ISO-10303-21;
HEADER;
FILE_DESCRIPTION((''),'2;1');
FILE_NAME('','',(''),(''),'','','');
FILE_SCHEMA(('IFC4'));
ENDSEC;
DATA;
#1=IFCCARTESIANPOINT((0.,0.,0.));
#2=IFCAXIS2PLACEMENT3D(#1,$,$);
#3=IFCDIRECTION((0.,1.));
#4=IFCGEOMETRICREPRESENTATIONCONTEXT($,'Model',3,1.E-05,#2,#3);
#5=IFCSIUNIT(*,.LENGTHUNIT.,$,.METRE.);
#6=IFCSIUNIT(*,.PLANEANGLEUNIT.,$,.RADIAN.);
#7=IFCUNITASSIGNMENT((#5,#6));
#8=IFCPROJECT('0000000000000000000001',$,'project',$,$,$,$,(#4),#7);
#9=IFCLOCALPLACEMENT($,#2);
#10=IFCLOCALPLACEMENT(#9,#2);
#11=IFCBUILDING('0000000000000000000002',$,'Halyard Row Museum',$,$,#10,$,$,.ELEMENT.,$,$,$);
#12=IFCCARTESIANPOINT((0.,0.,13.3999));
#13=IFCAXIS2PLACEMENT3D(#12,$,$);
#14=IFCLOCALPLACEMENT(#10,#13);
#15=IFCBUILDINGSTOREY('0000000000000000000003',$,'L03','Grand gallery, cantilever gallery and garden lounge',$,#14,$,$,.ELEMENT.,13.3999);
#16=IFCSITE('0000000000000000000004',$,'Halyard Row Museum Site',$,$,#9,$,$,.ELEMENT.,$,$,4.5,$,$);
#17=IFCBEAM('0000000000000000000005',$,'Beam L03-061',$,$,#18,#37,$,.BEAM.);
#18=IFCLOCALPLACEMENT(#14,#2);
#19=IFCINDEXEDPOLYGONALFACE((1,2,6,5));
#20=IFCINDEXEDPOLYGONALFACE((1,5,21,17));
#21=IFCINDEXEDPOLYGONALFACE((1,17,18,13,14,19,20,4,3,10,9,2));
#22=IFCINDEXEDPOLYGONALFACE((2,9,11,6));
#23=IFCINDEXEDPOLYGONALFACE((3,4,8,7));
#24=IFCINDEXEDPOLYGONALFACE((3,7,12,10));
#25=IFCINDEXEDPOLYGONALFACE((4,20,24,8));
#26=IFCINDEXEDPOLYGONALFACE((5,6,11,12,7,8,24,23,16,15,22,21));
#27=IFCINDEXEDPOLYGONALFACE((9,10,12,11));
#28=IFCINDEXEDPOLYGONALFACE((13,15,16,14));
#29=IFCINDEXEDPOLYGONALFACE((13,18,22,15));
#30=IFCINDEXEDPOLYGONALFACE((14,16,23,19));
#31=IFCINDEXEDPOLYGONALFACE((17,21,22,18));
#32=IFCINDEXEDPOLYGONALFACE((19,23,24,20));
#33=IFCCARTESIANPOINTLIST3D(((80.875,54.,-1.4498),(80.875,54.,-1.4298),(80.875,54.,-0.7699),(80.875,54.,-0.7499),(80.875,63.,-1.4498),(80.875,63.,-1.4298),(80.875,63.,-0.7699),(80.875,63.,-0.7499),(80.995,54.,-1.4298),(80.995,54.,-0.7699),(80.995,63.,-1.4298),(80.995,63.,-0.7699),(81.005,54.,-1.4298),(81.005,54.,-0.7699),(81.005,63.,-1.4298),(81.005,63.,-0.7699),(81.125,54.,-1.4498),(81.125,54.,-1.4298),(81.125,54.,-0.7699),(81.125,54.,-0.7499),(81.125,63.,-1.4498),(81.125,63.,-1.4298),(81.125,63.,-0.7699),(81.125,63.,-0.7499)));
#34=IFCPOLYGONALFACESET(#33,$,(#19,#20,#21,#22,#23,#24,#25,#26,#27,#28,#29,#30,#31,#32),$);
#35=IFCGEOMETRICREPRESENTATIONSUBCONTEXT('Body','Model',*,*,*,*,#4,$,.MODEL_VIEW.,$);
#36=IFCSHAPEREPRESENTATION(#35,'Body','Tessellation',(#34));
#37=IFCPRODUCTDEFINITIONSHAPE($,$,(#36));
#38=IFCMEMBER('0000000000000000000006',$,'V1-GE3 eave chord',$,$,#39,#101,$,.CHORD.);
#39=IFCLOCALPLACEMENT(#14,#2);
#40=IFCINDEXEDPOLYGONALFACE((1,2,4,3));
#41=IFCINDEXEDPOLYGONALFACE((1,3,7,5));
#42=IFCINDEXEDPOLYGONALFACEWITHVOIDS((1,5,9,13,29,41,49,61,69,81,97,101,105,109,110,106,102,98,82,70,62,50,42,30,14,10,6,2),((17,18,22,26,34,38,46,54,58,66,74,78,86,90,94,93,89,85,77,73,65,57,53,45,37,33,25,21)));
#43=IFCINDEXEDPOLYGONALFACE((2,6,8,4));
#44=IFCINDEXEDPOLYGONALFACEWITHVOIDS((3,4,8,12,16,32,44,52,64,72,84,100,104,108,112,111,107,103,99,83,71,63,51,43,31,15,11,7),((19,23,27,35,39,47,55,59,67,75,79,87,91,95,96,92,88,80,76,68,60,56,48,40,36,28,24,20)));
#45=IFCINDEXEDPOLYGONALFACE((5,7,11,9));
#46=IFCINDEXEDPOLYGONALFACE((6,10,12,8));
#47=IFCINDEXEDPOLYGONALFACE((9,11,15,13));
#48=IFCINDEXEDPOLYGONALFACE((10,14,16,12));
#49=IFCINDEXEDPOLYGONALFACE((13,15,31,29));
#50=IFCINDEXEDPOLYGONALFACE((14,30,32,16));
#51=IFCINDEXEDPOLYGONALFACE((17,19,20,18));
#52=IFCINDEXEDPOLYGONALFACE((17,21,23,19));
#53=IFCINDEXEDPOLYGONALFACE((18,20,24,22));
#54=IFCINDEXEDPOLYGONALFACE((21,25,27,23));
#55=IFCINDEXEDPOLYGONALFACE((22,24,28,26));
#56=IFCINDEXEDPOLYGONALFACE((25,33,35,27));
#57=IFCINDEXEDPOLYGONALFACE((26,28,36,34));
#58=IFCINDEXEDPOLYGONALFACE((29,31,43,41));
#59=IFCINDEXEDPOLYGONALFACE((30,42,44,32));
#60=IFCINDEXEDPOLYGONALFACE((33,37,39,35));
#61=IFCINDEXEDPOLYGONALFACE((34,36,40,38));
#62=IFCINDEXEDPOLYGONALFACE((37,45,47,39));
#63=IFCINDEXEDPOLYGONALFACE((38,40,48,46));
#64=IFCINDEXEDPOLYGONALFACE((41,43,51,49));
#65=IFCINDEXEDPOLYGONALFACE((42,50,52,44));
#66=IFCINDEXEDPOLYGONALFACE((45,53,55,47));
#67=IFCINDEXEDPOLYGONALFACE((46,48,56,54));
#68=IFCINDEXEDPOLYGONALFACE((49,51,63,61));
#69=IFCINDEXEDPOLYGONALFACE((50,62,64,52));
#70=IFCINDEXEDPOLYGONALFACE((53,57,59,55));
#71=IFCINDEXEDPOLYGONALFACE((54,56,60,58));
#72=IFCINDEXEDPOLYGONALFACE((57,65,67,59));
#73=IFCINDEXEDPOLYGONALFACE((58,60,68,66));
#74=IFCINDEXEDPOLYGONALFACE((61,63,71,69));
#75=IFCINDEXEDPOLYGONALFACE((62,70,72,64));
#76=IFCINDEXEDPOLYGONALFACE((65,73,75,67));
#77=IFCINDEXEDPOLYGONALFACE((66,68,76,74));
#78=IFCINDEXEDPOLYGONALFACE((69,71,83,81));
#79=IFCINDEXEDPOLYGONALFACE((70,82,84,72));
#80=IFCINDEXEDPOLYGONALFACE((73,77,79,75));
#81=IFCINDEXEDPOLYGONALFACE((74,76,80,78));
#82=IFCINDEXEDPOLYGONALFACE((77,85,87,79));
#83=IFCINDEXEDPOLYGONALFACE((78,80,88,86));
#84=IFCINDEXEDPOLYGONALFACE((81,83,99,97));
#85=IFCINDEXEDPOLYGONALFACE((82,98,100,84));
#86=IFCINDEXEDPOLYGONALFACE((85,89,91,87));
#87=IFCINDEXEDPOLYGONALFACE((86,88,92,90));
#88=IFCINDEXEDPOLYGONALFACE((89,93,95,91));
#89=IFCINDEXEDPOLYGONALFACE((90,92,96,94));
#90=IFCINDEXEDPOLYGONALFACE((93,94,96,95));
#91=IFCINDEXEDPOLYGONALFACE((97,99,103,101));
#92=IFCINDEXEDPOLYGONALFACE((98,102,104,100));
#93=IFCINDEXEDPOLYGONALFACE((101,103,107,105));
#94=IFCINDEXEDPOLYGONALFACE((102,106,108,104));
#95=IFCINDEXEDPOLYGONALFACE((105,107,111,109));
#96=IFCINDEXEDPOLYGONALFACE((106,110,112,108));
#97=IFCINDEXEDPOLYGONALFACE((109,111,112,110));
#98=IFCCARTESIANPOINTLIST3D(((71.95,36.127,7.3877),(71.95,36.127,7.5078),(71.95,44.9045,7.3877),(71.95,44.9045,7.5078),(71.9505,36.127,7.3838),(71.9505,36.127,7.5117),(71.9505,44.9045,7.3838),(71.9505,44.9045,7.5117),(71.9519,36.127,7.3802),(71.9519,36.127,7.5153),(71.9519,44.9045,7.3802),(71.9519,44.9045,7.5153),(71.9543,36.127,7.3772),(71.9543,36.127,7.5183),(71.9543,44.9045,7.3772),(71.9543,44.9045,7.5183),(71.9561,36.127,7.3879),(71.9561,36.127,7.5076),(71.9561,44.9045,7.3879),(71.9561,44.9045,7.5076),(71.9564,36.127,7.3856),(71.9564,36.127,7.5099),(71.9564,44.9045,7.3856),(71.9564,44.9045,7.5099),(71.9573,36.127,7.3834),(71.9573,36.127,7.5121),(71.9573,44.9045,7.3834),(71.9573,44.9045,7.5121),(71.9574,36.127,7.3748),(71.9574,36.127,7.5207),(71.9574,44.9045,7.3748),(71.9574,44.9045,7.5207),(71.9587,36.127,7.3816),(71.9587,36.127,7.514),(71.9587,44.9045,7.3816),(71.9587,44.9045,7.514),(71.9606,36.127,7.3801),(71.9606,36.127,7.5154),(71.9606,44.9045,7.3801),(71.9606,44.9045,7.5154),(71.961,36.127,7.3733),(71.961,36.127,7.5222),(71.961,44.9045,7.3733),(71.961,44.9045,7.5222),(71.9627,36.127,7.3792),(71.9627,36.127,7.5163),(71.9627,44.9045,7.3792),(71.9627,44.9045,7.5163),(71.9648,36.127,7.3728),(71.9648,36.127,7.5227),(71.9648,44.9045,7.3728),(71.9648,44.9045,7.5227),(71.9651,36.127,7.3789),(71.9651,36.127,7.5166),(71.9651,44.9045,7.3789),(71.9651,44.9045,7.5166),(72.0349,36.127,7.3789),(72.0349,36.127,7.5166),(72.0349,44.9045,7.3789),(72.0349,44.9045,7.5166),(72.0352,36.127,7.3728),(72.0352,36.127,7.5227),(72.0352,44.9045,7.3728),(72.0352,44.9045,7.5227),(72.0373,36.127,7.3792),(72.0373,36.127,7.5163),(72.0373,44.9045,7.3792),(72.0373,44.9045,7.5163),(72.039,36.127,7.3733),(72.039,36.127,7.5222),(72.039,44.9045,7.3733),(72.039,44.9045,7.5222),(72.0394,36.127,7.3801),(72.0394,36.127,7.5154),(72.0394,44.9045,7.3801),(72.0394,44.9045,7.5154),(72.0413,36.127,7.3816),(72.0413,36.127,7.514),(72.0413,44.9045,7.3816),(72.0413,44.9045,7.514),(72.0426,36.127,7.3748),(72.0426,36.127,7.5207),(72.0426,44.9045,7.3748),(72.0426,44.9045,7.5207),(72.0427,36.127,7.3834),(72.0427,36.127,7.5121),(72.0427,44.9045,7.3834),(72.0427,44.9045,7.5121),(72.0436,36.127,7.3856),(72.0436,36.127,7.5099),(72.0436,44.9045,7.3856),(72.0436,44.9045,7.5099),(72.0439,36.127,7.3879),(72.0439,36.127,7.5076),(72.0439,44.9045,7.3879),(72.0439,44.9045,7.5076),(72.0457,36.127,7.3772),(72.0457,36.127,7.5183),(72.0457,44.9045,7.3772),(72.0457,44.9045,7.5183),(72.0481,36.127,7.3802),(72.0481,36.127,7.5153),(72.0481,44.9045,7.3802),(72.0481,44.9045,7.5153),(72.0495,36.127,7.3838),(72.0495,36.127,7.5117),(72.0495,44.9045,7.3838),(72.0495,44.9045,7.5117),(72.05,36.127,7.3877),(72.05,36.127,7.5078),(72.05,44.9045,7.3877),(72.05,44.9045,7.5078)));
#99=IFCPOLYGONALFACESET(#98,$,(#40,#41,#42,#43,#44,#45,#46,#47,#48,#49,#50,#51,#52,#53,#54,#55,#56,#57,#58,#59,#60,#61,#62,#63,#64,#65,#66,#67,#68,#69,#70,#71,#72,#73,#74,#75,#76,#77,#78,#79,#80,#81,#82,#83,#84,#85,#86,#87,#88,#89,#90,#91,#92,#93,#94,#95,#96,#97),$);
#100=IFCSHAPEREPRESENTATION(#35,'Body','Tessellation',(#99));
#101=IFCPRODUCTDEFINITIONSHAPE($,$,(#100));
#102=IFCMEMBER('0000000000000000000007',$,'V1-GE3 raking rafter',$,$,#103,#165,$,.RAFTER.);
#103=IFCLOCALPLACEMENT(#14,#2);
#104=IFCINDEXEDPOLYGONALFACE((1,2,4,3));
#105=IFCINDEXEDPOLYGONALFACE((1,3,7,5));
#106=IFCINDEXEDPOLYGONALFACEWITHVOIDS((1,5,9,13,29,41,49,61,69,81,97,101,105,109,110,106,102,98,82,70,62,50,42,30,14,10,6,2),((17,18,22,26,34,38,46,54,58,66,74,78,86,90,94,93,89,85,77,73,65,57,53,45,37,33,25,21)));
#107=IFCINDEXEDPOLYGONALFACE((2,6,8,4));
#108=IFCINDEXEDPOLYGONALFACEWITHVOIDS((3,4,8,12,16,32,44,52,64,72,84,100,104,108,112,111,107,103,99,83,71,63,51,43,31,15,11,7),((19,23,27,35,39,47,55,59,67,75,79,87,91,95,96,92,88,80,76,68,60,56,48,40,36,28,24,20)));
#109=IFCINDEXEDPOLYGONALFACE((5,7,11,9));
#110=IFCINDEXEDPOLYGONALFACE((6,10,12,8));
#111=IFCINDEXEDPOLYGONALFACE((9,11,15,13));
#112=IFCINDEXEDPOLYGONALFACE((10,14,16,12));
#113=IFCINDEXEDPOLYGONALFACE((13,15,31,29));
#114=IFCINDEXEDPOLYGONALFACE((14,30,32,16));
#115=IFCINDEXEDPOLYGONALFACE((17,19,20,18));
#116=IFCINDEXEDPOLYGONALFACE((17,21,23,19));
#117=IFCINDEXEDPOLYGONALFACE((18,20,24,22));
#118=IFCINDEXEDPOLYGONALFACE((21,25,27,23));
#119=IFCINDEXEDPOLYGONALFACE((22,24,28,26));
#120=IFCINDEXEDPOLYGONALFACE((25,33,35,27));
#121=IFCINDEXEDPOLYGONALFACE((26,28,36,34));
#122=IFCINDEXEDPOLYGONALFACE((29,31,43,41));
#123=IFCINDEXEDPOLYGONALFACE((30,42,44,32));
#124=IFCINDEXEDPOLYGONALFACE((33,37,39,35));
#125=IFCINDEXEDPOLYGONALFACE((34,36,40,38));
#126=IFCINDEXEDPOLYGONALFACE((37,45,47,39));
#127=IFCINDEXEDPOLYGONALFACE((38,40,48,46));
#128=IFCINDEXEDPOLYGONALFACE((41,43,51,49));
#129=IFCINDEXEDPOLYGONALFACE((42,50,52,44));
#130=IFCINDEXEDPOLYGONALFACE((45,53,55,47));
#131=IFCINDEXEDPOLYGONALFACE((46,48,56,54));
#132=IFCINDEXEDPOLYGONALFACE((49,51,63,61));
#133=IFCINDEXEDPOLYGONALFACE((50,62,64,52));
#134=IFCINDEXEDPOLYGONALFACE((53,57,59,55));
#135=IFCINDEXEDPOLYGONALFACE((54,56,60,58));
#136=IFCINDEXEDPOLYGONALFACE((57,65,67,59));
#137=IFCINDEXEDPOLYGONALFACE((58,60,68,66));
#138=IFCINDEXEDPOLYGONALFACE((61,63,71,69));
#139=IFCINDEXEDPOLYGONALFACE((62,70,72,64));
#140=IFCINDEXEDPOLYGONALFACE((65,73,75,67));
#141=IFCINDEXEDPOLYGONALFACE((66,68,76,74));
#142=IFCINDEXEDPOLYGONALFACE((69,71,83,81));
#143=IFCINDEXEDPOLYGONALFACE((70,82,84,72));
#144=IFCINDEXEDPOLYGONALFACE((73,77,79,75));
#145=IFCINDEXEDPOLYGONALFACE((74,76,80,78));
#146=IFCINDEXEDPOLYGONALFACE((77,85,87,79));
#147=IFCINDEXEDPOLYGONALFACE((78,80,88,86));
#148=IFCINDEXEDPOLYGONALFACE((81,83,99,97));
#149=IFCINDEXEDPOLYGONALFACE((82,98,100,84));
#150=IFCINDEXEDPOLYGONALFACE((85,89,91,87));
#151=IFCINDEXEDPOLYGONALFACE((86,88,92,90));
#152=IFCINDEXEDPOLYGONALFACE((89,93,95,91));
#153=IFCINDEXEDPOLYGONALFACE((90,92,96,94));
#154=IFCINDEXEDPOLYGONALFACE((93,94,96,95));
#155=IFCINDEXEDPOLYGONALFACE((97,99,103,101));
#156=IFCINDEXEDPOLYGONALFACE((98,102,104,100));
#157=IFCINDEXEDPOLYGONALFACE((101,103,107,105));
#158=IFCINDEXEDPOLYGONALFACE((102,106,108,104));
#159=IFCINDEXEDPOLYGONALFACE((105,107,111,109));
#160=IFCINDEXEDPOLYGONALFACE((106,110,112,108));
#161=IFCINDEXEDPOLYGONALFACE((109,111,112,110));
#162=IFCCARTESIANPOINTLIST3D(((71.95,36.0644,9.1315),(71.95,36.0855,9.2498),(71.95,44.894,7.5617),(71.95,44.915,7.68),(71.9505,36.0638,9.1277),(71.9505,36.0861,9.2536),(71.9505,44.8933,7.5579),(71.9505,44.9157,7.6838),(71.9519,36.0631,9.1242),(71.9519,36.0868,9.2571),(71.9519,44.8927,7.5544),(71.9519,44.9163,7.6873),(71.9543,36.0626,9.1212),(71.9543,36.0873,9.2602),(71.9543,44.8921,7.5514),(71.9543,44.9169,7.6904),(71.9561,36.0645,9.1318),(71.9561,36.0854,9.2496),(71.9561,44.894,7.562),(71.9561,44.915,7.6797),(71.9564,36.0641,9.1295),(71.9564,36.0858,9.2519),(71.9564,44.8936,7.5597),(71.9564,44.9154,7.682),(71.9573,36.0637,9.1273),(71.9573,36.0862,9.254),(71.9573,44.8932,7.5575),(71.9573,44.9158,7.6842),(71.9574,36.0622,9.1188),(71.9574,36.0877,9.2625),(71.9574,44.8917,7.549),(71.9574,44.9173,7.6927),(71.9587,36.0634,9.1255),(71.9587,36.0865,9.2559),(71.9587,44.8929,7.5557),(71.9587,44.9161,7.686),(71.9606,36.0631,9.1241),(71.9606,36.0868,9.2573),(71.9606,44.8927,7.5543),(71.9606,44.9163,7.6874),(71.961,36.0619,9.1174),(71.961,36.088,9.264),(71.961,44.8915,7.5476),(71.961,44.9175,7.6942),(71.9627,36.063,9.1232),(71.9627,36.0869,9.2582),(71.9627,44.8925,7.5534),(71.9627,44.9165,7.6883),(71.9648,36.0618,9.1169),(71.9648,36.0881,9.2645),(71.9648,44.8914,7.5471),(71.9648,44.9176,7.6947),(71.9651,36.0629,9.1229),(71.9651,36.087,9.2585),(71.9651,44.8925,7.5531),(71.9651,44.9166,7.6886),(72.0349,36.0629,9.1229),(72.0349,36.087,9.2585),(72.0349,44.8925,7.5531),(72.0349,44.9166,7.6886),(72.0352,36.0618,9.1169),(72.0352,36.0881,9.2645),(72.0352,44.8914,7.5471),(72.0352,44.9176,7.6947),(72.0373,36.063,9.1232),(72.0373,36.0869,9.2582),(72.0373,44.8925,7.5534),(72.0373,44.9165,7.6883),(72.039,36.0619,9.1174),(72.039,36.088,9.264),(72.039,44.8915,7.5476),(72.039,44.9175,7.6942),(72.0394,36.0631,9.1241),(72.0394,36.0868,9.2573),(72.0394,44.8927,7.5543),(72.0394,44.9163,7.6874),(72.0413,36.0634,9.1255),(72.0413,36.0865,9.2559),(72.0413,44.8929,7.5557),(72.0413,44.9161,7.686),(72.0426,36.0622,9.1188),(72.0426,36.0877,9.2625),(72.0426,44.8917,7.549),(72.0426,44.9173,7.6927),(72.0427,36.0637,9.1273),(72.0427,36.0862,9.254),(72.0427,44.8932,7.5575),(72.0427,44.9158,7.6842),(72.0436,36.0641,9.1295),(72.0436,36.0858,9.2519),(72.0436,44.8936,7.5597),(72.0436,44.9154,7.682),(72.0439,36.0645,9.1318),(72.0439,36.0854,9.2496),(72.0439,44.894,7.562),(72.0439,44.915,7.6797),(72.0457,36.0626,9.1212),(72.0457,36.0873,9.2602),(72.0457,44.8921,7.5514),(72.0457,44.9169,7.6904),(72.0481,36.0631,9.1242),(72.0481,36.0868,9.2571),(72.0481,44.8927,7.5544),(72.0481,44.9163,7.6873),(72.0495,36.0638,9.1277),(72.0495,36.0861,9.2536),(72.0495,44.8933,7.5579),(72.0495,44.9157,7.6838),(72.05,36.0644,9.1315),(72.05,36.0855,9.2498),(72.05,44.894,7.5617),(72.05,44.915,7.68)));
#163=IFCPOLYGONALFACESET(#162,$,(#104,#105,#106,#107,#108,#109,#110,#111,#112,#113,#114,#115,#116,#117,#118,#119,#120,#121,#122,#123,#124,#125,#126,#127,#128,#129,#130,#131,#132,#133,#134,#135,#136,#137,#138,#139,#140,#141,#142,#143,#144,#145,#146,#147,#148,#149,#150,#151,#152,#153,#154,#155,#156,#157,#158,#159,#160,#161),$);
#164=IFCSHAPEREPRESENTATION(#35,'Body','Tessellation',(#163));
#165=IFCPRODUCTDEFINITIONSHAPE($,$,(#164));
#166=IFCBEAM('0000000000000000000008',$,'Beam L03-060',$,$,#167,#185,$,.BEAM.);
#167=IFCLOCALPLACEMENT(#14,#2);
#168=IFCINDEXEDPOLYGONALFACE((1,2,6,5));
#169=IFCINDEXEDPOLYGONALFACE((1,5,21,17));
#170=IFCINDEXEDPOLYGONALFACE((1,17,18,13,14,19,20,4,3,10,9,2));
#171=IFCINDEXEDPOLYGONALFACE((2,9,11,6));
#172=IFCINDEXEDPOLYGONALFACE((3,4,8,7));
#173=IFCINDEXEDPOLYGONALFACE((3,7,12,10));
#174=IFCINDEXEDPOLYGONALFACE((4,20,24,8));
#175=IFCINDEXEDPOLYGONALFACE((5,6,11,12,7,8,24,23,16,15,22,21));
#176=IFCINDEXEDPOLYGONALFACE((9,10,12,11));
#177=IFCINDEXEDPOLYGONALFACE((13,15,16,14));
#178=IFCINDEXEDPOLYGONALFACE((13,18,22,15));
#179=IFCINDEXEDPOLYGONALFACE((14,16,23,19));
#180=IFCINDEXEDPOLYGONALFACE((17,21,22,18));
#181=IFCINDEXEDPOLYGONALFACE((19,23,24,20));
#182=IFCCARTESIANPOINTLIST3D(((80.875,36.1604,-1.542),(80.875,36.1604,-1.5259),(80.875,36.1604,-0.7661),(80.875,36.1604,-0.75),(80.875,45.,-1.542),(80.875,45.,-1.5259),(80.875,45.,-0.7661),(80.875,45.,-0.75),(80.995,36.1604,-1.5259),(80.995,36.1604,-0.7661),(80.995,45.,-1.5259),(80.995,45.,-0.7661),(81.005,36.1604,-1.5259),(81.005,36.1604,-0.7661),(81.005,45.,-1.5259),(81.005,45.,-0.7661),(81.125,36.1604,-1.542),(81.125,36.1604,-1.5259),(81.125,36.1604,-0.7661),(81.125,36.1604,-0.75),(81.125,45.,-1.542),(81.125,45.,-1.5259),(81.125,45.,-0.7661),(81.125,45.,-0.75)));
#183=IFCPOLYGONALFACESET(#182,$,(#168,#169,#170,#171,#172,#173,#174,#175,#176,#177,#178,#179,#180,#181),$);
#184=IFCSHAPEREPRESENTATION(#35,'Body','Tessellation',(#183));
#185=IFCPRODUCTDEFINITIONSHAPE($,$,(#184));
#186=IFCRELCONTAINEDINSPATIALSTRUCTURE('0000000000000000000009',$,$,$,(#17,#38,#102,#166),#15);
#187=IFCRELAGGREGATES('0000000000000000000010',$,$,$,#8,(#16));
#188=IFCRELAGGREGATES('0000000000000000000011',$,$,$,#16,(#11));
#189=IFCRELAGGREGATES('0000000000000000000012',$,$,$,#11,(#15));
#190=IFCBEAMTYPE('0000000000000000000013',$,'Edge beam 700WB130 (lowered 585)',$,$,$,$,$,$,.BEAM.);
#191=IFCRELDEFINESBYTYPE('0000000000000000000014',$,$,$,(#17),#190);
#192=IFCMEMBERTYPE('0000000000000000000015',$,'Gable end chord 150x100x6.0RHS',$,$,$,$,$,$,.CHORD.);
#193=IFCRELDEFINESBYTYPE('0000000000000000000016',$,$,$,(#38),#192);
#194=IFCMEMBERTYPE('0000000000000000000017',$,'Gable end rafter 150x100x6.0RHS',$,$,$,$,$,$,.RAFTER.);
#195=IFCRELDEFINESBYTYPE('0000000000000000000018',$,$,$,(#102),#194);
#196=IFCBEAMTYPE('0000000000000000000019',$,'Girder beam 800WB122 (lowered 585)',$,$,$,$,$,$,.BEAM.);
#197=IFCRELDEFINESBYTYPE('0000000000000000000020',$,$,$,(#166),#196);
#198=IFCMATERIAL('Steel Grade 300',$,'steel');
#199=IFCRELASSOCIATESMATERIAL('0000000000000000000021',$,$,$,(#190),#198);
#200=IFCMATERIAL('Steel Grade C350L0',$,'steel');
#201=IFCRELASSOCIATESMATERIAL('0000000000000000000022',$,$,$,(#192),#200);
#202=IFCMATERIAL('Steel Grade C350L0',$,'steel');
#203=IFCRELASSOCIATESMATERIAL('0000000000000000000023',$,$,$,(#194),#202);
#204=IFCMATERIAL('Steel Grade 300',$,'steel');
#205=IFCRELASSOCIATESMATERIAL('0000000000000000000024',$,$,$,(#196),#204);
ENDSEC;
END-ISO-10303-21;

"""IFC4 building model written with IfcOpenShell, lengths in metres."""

from ifc_helpers import new_model, si_unit, direction, frame, origin, origin_2d, place, context, subcontext, project, spatial, hollow_rectangle, i_section, extrude, material, material_profile, profile_set, type_object, element, save


model = new_model("IFC4")

# Units and contexts
model_context = context("Model", 3, precision=1e-05, world=origin(), true_north=direction((0.0, 1.0)))
body_context = subcontext(model_context, "Body", "Model", "MODEL_VIEW")
ifc_project = project(units=[si_unit("LENGTHUNIT", "METRE"), si_unit("PLANEANGLEUNIT", "RADIAN")], contexts=[model_context])

# Site, building, storey
site_placement = place(None, origin())
site = spatial("IfcSite", under=ifc_project, at=site_placement, Name="Halyard Row Museum Site", CompositionType="ELEMENT", RefElevation=4.5)
building_placement = place(site_placement, origin())
building = spatial("IfcBuilding", under=site, at=building_placement, Name="Halyard Row Museum", CompositionType="ELEMENT")
storey_placement = place(building_placement, frame((0.0, 0.0, 13.3999)))
storey = spatial("IfcBuildingStorey", under=building, at=storey_placement, Name="L03", Description="Grand gallery, cantilever gallery and garden lounge", CompositionType="ELEMENT", Elevation=13.3999)

# Beam
ifc_material_1 = material(Name="Steel Grade 300", Category="steel")
ifc_material_profile_1 = material_profile(ifc_material_1, i_section(OverallWidth=0.25, OverallDepth=0.7, WebThickness=0.01, FlangeThickness=0.02, at=origin_2d()), Name="700WB130")
ifc_profile_set_1 = profile_set([ifc_material_profile_1], Name="Steel Grade 300")
beam_type_1 = type_object("IfcBeamType", Name="Edge beam 700WB130 (lowered 585)", PredefinedType="BEAM", material=ifc_profile_set_1)
for number, where, z_axis, x_axis, name in (
    (1, (81.0, 54.0, -1.0999), (0.0, 1.0, 0.0), (-1.0, 0.0, 0.0), "Beam L03-061"),
):
    element("IfcBeam", number, at=place(storey_placement, frame(where, z_axis=z_axis, x_axis=x_axis)), inside=storey, type_object=beam_type_1, Name=name, PredefinedType="BEAM", context=body_context, shape_type="SweptSolid", body=[
        extrude(i_section(OverallWidth=0.25, OverallDepth=0.7, WebThickness=0.01, FlangeThickness=0.02, at=origin_2d()), origin(), (0.0, 0.0, 1.0), 9.0),
    ])

# Members
ifc_material_2 = material(Name="Steel Grade C350L0", Category="steel")
ifc_material_profile_2 = material_profile(ifc_material_2, hollow_rectangle(XDim=0.1001, YDim=0.1499, WallThickness=0.0061, InnerFilletRadius=0.009, OuterFilletRadius=0.0149, at=origin_2d()), Name="150x100x6.0RHS")
ifc_profile_set_2 = profile_set([ifc_material_profile_2], Name="Steel Grade C350L0")
member_type_1 = type_object("IfcMemberType", Name="Gable end chord 150x100x6.0RHS", PredefinedType="CHORD", material=ifc_profile_set_2)
member_1_placement = place(storey_placement, frame((72.0, 36.127, 7.4478), z_axis=(0.0, 1.0, 0.0), x_axis=(-1.0, 0.0, 0.0)))
element("IfcMember", 2, at=member_1_placement, inside=storey, type_object=member_type_1, Name="V1-GE3 eave chord", PredefinedType="CHORD", context=body_context, shape_type="SweptSolid", body=[
    extrude(hollow_rectangle(XDim=0.1001, YDim=0.1499, WallThickness=0.0061, InnerFilletRadius=0.009, OuterFilletRadius=0.0149, at=origin_2d()), origin(), (0.0, 0.0, 1.0), 8.7776),
])
ifc_material_3 = material(Name="Steel Grade C350L0", Category="steel")
ifc_material_profile_3 = material_profile(ifc_material_3, hollow_rectangle(XDim=0.1001, YDim=0.1499, WallThickness=0.0061, InnerFilletRadius=0.009, OuterFilletRadius=0.0149, at=origin_2d()), Name="150x100x6.0RHS")
ifc_profile_set_3 = profile_set([ifc_material_profile_3], Name="Steel Grade C350L0")
member_type_2 = type_object("IfcMemberType", Name="Gable end rafter 150x100x6.0RHS", PredefinedType="RAFTER", material=ifc_profile_set_3)
member_2_placement = place(storey_placement, frame((72.0, 36.075, 9.1907), z_axis=(0.0, 0.98456, -0.175046), x_axis=(-1.0, 0.0, 0.0)))
element("IfcMember", 3, at=member_2_placement, inside=storey, type_object=member_type_2, Name="V1-GE3 raking rafter", PredefinedType="RAFTER", context=body_context, shape_type="SweptSolid", body=[
    extrude(hollow_rectangle(XDim=0.1001, YDim=0.1499, WallThickness=0.0061, InnerFilletRadius=0.009, OuterFilletRadius=0.0149, at=origin_2d()), origin(), (0.0, 0.0, 1.0), 8.968),
])

# Beam
ifc_material_4 = material(Name="Steel Grade 300", Category="steel")
ifc_material_profile_4 = material_profile(ifc_material_4, i_section(OverallWidth=0.25, OverallDepth=0.792, WebThickness=0.01, FlangeThickness=0.0161, at=origin_2d()), Name="800WB122")
ifc_profile_set_4 = profile_set([ifc_material_profile_4], Name="Steel Grade 300")
beam_type_2 = type_object("IfcBeamType", Name="Girder beam 800WB122 (lowered 585)", PredefinedType="BEAM", material=ifc_profile_set_4)
beam_1_placement = place(storey_placement, frame((81.0, 36.1604, -1.146), z_axis=(0.0, 1.0, 0.0), x_axis=(-1.0, 0.0, 0.0)))
element("IfcBeam", 4, at=beam_1_placement, inside=storey, type_object=beam_type_2, Name="Beam L03-060", PredefinedType="BEAM", context=body_context, shape_type="SweptSolid", body=[
    extrude(i_section(OverallWidth=0.25, OverallDepth=0.792, WebThickness=0.01, FlangeThickness=0.0161, at=origin_2d()), origin(), (0.0, 0.0, 1.0), 8.8396),
])

save(model, "model.ifc")
